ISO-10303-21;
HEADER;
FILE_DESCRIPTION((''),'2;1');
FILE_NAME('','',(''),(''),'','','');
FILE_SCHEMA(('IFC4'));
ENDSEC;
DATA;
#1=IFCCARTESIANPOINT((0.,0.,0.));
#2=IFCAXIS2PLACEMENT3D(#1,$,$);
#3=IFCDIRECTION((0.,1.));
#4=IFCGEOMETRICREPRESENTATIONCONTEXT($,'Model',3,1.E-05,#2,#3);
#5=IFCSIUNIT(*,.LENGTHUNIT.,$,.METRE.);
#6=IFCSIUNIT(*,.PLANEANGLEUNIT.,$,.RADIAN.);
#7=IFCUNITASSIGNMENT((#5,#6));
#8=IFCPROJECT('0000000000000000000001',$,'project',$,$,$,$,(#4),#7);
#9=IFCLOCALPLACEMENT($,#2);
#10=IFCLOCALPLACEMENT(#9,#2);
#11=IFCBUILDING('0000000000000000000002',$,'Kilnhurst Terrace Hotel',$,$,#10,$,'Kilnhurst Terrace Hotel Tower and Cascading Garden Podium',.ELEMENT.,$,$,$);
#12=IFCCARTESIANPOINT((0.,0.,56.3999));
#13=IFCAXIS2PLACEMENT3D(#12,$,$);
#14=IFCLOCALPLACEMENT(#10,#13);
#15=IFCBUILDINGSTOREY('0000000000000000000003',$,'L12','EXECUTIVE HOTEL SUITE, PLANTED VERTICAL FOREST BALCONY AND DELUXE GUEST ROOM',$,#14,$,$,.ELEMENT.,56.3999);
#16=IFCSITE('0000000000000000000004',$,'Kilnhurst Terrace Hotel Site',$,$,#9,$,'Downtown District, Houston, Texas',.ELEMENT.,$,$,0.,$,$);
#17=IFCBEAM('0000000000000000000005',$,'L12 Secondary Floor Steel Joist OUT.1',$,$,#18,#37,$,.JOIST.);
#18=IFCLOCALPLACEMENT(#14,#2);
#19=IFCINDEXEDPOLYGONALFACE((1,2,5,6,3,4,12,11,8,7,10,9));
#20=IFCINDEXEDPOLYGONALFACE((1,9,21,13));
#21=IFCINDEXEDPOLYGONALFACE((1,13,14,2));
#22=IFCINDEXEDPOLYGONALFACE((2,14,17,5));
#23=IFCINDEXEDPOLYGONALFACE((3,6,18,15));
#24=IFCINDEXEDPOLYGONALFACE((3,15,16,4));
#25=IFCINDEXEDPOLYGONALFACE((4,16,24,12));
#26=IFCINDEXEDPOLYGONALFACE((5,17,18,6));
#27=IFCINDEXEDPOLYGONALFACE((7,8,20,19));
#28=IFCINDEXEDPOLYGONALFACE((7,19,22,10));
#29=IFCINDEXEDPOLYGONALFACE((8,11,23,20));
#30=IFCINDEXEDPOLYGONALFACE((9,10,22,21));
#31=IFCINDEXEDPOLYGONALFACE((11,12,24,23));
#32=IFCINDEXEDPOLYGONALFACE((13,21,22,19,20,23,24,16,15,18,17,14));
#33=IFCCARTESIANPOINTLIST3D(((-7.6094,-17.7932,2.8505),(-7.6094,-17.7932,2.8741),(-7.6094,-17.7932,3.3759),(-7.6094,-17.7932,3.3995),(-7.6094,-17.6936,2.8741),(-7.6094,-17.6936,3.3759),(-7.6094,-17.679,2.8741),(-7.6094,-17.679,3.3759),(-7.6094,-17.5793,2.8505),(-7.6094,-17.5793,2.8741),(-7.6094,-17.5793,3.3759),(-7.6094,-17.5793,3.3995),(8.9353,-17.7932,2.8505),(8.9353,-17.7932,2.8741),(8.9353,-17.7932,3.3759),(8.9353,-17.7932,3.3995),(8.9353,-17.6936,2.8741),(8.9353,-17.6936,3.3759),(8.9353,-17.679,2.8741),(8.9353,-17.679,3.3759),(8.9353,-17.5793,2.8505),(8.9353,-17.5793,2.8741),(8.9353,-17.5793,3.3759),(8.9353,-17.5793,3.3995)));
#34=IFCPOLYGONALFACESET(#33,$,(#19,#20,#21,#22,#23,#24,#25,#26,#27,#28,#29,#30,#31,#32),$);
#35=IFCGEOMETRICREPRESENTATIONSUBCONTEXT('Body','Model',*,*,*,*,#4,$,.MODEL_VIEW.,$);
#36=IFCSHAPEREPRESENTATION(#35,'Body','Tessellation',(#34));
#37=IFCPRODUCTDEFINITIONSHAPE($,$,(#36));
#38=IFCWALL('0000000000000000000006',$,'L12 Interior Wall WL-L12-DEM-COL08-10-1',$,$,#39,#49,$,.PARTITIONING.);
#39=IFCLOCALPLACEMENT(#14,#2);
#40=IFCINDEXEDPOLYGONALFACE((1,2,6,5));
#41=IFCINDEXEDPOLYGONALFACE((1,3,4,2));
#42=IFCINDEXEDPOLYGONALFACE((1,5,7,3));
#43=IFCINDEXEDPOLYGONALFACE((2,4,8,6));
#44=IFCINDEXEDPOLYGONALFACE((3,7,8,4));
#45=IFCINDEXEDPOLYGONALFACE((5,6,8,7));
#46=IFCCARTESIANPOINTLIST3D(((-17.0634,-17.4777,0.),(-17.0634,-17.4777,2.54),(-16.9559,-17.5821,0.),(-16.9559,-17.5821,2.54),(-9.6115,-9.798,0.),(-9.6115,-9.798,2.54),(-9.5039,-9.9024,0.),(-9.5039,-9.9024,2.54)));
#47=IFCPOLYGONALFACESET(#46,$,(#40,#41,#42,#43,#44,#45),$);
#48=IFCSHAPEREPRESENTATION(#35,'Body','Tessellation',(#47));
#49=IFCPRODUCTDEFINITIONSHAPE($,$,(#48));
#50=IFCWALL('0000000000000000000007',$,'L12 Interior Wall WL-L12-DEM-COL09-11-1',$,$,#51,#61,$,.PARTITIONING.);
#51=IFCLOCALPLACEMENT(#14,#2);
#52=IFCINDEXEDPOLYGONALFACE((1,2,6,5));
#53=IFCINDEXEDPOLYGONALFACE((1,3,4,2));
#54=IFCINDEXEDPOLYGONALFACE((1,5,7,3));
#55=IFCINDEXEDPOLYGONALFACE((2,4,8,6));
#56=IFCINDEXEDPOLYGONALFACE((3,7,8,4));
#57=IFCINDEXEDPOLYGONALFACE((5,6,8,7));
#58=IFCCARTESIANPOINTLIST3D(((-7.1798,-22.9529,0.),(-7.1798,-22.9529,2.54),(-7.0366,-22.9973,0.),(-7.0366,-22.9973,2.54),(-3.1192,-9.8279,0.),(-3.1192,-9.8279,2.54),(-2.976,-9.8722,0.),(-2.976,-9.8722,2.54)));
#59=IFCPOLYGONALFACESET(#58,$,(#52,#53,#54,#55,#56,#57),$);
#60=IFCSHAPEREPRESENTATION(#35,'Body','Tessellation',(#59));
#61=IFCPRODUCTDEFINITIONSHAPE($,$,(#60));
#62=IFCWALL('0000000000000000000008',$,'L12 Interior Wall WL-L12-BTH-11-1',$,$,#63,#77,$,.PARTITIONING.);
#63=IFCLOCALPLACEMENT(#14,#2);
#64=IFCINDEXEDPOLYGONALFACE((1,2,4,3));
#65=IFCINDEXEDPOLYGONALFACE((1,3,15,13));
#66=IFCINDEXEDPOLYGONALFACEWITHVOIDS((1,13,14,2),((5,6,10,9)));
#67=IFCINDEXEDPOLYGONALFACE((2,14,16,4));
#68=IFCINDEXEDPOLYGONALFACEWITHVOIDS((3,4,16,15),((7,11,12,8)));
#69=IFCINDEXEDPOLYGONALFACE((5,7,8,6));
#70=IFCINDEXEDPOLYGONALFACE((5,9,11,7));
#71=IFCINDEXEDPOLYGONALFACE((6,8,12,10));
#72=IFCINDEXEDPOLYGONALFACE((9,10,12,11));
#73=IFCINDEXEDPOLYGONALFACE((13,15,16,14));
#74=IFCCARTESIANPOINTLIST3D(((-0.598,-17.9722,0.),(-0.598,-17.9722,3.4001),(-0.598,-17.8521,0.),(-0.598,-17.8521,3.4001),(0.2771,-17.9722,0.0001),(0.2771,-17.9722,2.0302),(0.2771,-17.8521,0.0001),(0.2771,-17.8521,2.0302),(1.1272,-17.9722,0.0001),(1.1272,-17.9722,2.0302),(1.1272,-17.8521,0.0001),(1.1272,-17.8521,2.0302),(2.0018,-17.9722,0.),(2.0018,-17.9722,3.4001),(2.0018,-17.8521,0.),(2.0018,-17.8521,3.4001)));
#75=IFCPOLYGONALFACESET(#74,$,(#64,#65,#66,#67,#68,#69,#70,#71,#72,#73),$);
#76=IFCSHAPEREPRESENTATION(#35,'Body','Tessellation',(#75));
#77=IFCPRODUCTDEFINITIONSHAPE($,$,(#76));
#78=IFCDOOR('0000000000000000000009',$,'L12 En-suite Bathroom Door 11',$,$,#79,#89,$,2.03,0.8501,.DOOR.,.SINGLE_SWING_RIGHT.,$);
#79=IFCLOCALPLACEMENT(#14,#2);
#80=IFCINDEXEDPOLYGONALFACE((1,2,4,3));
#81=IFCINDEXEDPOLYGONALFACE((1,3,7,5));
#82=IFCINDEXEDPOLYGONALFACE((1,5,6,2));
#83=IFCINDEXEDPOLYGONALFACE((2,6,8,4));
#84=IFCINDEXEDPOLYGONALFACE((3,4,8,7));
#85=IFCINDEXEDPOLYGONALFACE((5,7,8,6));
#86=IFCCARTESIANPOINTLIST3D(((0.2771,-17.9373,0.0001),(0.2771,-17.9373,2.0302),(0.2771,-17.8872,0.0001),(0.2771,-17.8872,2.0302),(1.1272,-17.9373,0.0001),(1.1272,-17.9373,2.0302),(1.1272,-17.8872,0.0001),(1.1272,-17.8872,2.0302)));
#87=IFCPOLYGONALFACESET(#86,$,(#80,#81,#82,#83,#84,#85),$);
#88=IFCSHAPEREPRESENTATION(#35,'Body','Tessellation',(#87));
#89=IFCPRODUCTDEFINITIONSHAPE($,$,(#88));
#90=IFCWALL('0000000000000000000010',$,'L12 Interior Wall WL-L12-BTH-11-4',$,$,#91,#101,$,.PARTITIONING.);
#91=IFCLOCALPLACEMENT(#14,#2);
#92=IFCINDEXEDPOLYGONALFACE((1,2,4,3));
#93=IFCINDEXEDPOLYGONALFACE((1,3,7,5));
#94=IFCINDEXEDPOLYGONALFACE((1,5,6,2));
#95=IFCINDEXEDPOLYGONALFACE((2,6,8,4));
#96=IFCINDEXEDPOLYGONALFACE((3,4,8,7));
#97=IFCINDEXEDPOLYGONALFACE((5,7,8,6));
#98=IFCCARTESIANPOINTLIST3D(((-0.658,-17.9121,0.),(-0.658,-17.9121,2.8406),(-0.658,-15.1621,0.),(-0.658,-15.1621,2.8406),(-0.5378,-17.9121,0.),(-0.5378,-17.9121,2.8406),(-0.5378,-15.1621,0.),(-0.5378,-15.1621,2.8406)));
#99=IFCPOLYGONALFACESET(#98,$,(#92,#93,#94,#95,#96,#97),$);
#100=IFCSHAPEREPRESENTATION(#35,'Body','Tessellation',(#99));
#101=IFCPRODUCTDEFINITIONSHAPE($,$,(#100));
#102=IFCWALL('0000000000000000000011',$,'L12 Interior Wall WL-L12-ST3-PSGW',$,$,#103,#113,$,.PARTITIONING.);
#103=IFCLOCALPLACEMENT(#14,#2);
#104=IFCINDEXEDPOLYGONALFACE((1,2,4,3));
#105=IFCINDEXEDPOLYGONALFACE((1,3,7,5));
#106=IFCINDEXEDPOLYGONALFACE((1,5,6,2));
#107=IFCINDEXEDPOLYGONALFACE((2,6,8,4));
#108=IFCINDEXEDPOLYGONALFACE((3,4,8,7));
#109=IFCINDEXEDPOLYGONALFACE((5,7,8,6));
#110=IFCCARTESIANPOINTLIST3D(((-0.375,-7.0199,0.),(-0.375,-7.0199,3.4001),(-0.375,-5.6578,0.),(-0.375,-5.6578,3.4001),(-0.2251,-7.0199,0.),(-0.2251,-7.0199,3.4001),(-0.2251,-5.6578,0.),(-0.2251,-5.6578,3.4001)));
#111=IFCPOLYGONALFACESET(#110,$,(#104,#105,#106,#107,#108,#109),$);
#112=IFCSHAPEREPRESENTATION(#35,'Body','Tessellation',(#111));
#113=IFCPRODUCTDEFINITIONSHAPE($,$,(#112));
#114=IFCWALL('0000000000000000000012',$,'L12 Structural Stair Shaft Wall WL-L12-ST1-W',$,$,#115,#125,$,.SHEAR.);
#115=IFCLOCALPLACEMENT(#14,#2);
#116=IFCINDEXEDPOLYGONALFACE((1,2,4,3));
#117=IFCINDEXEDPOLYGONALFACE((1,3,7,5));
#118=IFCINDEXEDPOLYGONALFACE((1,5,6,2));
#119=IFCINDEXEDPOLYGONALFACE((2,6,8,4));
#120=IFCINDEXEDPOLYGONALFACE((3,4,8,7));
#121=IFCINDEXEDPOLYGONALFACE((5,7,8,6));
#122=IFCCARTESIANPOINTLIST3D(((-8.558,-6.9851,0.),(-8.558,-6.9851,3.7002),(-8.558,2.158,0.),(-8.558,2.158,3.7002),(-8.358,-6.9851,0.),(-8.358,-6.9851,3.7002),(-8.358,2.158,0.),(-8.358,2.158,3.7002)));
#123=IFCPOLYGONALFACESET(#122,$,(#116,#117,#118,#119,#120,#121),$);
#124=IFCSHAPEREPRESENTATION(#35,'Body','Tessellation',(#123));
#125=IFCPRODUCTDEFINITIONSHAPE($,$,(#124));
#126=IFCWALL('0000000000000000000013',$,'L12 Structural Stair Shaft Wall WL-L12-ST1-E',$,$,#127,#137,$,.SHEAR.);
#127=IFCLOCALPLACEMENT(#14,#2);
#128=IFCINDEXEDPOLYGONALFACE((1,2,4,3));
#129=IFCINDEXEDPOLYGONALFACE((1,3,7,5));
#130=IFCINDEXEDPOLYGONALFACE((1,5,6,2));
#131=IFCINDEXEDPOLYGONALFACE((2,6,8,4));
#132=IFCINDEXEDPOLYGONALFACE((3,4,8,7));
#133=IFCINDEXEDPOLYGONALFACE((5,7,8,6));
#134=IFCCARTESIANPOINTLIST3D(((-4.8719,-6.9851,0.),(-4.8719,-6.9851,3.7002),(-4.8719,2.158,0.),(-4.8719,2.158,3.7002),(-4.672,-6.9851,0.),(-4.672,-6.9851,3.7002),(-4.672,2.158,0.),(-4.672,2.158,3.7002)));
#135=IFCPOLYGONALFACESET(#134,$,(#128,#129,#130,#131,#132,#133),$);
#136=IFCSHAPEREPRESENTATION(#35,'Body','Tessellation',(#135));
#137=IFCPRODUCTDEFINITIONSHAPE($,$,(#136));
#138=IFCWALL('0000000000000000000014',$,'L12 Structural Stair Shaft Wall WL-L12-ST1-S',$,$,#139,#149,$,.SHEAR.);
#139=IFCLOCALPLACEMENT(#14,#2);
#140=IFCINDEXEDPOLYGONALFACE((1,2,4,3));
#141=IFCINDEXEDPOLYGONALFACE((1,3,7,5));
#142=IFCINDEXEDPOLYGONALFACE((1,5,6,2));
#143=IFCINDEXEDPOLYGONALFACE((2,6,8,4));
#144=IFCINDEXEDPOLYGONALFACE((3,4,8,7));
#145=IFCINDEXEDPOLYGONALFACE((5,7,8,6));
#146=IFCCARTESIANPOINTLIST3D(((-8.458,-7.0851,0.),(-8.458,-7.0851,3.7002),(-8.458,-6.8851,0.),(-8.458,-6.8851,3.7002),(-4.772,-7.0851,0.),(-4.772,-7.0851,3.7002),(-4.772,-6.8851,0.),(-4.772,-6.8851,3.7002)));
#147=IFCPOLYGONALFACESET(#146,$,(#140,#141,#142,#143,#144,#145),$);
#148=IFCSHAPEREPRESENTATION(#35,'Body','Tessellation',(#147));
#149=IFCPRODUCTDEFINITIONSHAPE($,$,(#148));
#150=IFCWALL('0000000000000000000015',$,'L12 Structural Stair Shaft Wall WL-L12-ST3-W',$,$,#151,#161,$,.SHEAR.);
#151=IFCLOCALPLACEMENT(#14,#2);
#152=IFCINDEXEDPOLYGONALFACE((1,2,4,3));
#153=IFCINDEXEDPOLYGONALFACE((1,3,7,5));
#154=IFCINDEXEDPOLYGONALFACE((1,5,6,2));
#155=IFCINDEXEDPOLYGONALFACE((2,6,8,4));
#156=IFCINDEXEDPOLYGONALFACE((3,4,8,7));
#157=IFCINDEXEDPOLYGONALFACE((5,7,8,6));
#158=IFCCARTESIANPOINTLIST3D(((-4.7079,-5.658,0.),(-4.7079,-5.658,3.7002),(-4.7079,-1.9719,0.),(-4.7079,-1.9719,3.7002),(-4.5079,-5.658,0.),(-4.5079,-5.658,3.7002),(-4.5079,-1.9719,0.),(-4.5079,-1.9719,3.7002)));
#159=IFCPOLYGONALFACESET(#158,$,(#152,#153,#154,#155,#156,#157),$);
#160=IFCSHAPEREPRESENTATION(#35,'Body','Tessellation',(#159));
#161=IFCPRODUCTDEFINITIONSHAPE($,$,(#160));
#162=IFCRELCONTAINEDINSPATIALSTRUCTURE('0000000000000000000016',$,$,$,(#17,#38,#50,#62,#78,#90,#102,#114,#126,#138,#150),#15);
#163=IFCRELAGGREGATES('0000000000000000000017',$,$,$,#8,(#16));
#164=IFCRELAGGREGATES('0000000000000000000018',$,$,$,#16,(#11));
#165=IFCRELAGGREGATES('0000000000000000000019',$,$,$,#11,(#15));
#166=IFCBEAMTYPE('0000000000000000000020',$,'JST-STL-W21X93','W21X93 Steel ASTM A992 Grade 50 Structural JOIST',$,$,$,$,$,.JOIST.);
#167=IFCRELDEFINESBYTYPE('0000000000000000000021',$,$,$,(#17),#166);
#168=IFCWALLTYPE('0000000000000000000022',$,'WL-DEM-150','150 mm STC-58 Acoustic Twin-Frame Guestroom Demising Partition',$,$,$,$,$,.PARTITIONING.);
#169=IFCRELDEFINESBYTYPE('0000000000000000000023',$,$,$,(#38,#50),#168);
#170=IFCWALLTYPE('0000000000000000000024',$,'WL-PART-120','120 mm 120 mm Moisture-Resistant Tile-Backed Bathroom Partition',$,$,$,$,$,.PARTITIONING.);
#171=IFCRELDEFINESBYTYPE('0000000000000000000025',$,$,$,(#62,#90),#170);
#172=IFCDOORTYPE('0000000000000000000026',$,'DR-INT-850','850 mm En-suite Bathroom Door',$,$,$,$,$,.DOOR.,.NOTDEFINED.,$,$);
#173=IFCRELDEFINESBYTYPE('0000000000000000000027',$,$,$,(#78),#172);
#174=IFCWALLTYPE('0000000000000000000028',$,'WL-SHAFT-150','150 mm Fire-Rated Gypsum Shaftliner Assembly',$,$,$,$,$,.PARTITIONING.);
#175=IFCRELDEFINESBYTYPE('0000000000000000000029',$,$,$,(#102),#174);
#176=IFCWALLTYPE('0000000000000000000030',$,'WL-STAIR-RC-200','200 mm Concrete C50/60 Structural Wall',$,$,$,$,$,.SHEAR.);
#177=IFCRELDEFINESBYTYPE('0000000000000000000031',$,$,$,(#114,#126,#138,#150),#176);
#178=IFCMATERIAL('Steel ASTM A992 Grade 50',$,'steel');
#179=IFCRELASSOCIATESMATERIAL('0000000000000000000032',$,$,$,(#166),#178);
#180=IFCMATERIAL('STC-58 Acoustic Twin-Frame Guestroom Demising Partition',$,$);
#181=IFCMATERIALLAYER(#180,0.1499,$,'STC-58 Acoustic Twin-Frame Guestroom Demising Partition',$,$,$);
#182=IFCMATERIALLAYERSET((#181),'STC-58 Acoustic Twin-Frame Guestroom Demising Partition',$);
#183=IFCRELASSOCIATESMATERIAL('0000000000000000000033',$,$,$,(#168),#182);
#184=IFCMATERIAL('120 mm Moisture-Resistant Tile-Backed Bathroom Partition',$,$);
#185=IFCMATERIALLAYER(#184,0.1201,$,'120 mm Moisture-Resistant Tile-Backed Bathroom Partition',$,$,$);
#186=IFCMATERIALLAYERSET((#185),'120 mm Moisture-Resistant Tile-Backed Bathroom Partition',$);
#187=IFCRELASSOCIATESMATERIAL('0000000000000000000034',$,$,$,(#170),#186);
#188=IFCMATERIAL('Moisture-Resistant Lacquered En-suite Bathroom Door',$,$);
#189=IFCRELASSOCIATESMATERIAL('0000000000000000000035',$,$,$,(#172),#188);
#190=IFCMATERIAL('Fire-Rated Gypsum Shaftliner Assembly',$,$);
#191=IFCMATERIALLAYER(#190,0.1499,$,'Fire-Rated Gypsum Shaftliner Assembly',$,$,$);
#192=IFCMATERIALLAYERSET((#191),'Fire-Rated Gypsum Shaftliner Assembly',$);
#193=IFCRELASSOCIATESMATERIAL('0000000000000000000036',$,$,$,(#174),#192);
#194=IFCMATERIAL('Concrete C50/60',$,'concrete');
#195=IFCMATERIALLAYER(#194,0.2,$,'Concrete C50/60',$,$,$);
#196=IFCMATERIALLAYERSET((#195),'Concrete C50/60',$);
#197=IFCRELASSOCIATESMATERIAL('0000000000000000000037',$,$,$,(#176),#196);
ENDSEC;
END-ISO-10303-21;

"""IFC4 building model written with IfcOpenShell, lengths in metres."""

from ifc_helpers import new_model, si_unit, direction, frame, frame_2d, origin, origin_2d, place, context, subcontext, project, spatial, rectangle, i_section, extrude, material, layer, layer_set, material_profile, profile_set, type_object, element, fill, save


model = new_model("IFC4")

# Units and contexts
model_context = context("Model", 3, precision=1e-05, world=origin(), true_north=direction((0.0, 1.0)))
body_context = subcontext(model_context, "Body", "Model", "MODEL_VIEW")
ifc_project = project(units=[si_unit("LENGTHUNIT", "METRE"), si_unit("PLANEANGLEUNIT", "RADIAN")], contexts=[model_context])

# Site, building, storey
site_placement = place(None, origin())
site = spatial("IfcSite", under=ifc_project, at=site_placement, Name="Kilnhurst Terrace Hotel Site", LongName="Downtown District, Houston, Texas", CompositionType="ELEMENT", RefElevation=0.0)
building_placement = place(site_placement, origin())
building = spatial("IfcBuilding", under=site, at=building_placement, Name="Kilnhurst Terrace Hotel", LongName="Kilnhurst Terrace Hotel Tower and Cascading Garden Podium", CompositionType="ELEMENT")
storey_placement = place(building_placement, frame((0.0, 0.0, 56.3999)))
storey = spatial("IfcBuildingStorey", under=building, at=storey_placement, Name="L12", Description="EXECUTIVE HOTEL SUITE, PLANTED VERTICAL FOREST BALCONY AND DELUXE GUEST ROOM", CompositionType="ELEMENT", Elevation=56.3999)

# Shared definitions
ifc_material_1 = material(Name="Steel ASTM A992 Grade 50", Category="steel")

# Beam
ifc_material_2 = material(Name="Concrete C50/60", Category="concrete")
ifc_material_profile_1 = material_profile(ifc_material_1, i_section(OverallWidth=0.2139, OverallDepth=0.5491, WebThickness=0.0146, FlangeThickness=0.0237, at=origin_2d()), Name="W21X93")
ifc_profile_set_1 = profile_set([ifc_material_profile_1], Name="Steel ASTM A992 Grade 50")
beam_type_1 = type_object("IfcBeamType", Name="JST-STL-W21X93", Description="W21X93 Steel ASTM A992 Grade 50 Structural JOIST", PredefinedType="JOIST", material=ifc_profile_set_1)
beam_1_placement = place(storey_placement, frame((-7.6094, -17.6863, 3.125), z_axis=(1.0, 0.0, 0.0), x_axis=(0.0, 1.0, 0.0)))
element("IfcBeam", 1, at=beam_1_placement, inside=storey, type_object=beam_type_1, Name="L12 Secondary Floor Steel Joist OUT.1", PredefinedType="JOIST", context=body_context, shape_type="SweptSolid", body=[
    extrude(i_section(OverallWidth=0.2139, OverallDepth=0.5491, WebThickness=0.0146, FlangeThickness=0.0237, at=origin_2d()), origin(), (0.0, 0.0, 1.0), 16.5447),
])

# Walls
ifc_material_3 = material(Name="STC-58 Acoustic Twin-Frame Guestroom Demising Partition")
ifc_layer_1 = layer(ifc_material_3, 0.1499, Name="STC-58 Acoustic Twin-Frame Guestroom Demising Partition")
ifc_layer_set_1 = layer_set([ifc_layer_1], Name="STC-58 Acoustic Twin-Frame Guestroom Demising Partition")
wall_type_1 = type_object("IfcWallType", Name="WL-DEM-150", Description="150 mm STC-58 Acoustic Twin-Frame Guestroom Demising Partition", PredefinedType="PARTITIONING", material=ifc_layer_set_1)
wall_1_placement = place(storey_placement, frame((-9.5576, -9.8501, 0.0), z_axis=(0.0, 0.0, 1.0), x_axis=(-0.696383, -0.71767, 0.0)))
element("IfcWall", 2, at=wall_1_placement, inside=storey, type_object=wall_type_1, Name="L12 Interior Wall WL-L12-DEM-COL08-10-1", PredefinedType="PARTITIONING", context=body_context, shape_type="SweptSolid", body=[
    extrude(rectangle(XDim=10.7009, YDim=0.1499, at=frame_2d((5.3506, 0.0))), origin(), (0.0, 0.0, 1.0), 2.54),
])
wall_2_placement = place(storey_placement, frame((-3.0476, -9.8501, 0.0), z_axis=(0.0, 0.0, 1.0), x_axis=(-0.295554, -0.955326, 0.0)))
element("IfcWall", 3, at=wall_2_placement, inside=storey, type_object=wall_type_1, Name="L12 Interior Wall WL-L12-DEM-COL09-11-1", PredefinedType="PARTITIONING", context=body_context, shape_type="SweptSolid", body=[
    extrude(rectangle(XDim=13.7388, YDim=0.1499, at=frame_2d((6.8694, 0.0))), origin(), (0.0, 0.0, 1.0), 2.54),
])

# Wall, opening, door
ifc_material_4 = material(Name="120 mm Moisture-Resistant Tile-Backed Bathroom Partition")
ifc_layer_2 = layer(ifc_material_4, 0.1201, Name="120 mm Moisture-Resistant Tile-Backed Bathroom Partition")
ifc_layer_set_2 = layer_set([ifc_layer_2], Name="120 mm Moisture-Resistant Tile-Backed Bathroom Partition")
wall_type_2 = type_object("IfcWallType", Name="WL-PART-120", Description="120 mm 120 mm Moisture-Resistant Tile-Backed Bathroom Partition", PredefinedType="PARTITIONING", material=ifc_layer_set_2)
wall_3_placement = place(storey_placement, frame((-0.5979, -17.9121, 0.0), z_axis=(0.0, 0.0, 1.0), x_axis=(1.0, 0.0, 0.0)))
wall_3 = element("IfcWall", 4, at=wall_3_placement, inside=storey, type_object=wall_type_2, Name="L12 Interior Wall WL-L12-BTH-11-1", PredefinedType="PARTITIONING", context=body_context, shape_type="SweptSolid", body=[
    extrude(rectangle(XDim=2.5999, YDim=0.1201, at=frame_2d((1.2998, 0.0))), origin(), (0.0, 0.0, 1.0), 3.4001),
])
opening_1_placement = place(wall_3_placement, frame((0.875, 0.0, 0.0)))
opening_1 = element("IfcOpeningElement", 5, at=opening_1_placement, cuts=wall_3, PredefinedType="OPENING", context=body_context, shape_type="SweptSolid", body=[
    extrude(rectangle(XDim=0.8501, YDim=2.03, at=frame_2d((0.425, 1.0151))), frame((0.0, 0.0701, 0.0), z_axis=(0.0, -1.0, 0.0), x_axis=(1.0, 0.0, 0.0)), (0.0, 0.0, 1.0), 0.1401),
])
ifc_material_5 = material(Name="Moisture-Resistant Lacquered En-suite Bathroom Door")
door_type_1 = type_object("IfcDoorType", Name="DR-INT-850", Description="850 mm En-suite Bathroom Door", OperationType="NOTDEFINED", PredefinedType="DOOR", material=ifc_material_5)
door_1_placement = place(opening_1_placement, origin())
door_1 = element("IfcDoor", 6, at=door_1_placement, inside=storey, type_object=door_type_1, Name="L12 En-suite Bathroom Door 11", OperationType="SINGLE_SWING_RIGHT", OverallHeight=2.03, OverallWidth=0.8501, PredefinedType="DOOR", context=body_context, shape_type="SweptSolid", body=[
    extrude(rectangle(XDim=0.8501, YDim=2.03, at=frame_2d((0.425, 1.0151))), frame((0.0, 0.0249, 0.0), z_axis=(0.0, -1.0, 0.0), x_axis=(1.0, 0.0, 0.0)), (0.0, 0.0, 1.0), 0.05),
])
fill(opening_1, door_1)

# Walls
wall_4_placement = place(storey_placement, frame((-0.5979, -15.1621, 0.0), z_axis=(0.0, 0.0, 1.0), x_axis=(0.0, -1.0, 0.0)))
element("IfcWall", 7, at=wall_4_placement, inside=storey, type_object=wall_type_2, Name="L12 Interior Wall WL-L12-BTH-11-4", PredefinedType="PARTITIONING", context=body_context, shape_type="SweptSolid", body=[
    extrude(rectangle(XDim=2.75, YDim=0.1201, at=frame_2d((1.375, 0.0))), origin(), (0.0, 0.0, 1.0), 2.8406),
])
ifc_material_6 = material(Name="Fire-Rated Gypsum Shaftliner Assembly")
ifc_layer_3 = layer(ifc_material_6, 0.1499, Name="Fire-Rated Gypsum Shaftliner Assembly")
ifc_layer_set_3 = layer_set([ifc_layer_3], Name="Fire-Rated Gypsum Shaftliner Assembly")
wall_type_3 = type_object("IfcWallType", Name="WL-SHAFT-150", Description="150 mm Fire-Rated Gypsum Shaftliner Assembly", PredefinedType="PARTITIONING", material=ifc_layer_set_3)
wall_5_placement = place(storey_placement, frame((-0.3, -7.02, 0.0), z_axis=(0.0, 0.0, 1.0), x_axis=(0.0, 1.0, 0.0)))
element("IfcWall", 8, at=wall_5_placement, inside=storey, type_object=wall_type_3, Name="L12 Interior Wall WL-L12-ST3-PSGW", PredefinedType="PARTITIONING", context=body_context, shape_type="SweptSolid", body=[
    extrude(rectangle(XDim=1.3621, YDim=0.1499, at=frame_2d((0.6812, 0.0))), origin(), (0.0, 0.0, 1.0), 3.4001),
])
ifc_layer_4 = layer(ifc_material_2, 0.2, Name="Concrete C50/60")
ifc_layer_set_4 = layer_set([ifc_layer_4], Name="Concrete C50/60")
wall_type_4 = type_object("IfcWallType", Name="WL-STAIR-RC-200", Description="200 mm Concrete C50/60 Structural Wall", PredefinedType="SHEAR", material=ifc_layer_set_4)
for number, where, z_axis, x_axis, name in (
    (9, (-8.458, -6.9851, 0.0), (0.0, 0.0, 1.0), (0.0, 1.0, 0.0), "L12 Structural Stair Shaft Wall WL-L12-ST1-W"),
    (10, (-4.772, -6.9851, 0.0), (0.0, 0.0, 1.0), (0.0, 1.0, 0.0), "L12 Structural Stair Shaft Wall WL-L12-ST1-E"),
):
    element("IfcWall", number, at=place(storey_placement, frame(where, z_axis=z_axis, x_axis=x_axis)), inside=storey, type_object=wall_type_4, Name=name, PredefinedType="SHEAR", context=body_context, shape_type="SweptSolid", body=[
        extrude(rectangle(XDim=9.1431, YDim=0.2, at=frame_2d((4.5715, 0.0))), origin(), (0.0, 0.0, 1.0), 3.7002),
    ])
for number, where, z_axis, x_axis, name in (
    (11, (-8.458, -6.9851, 0.0), (0.0, 0.0, 1.0), (1.0, 0.0, 0.0), "L12 Structural Stair Shaft Wall WL-L12-ST1-S"),
    (12, (-4.6079, -5.658, 0.0), (0.0, 0.0, 1.0), (0.0, 1.0, 0.0), "L12 Structural Stair Shaft Wall WL-L12-ST3-W"),
):
    element("IfcWall", number, at=place(storey_placement, frame(where, z_axis=z_axis, x_axis=x_axis)), inside=storey, type_object=wall_type_4, Name=name, PredefinedType="SHEAR", context=body_context, shape_type="SweptSolid", body=[
        extrude(rectangle(XDim=3.686, YDim=0.2, at=frame_2d((1.843, 0.0))), origin(), (0.0, 0.0, 1.0), 3.7002),
    ])

save(model, "model.ifc")
